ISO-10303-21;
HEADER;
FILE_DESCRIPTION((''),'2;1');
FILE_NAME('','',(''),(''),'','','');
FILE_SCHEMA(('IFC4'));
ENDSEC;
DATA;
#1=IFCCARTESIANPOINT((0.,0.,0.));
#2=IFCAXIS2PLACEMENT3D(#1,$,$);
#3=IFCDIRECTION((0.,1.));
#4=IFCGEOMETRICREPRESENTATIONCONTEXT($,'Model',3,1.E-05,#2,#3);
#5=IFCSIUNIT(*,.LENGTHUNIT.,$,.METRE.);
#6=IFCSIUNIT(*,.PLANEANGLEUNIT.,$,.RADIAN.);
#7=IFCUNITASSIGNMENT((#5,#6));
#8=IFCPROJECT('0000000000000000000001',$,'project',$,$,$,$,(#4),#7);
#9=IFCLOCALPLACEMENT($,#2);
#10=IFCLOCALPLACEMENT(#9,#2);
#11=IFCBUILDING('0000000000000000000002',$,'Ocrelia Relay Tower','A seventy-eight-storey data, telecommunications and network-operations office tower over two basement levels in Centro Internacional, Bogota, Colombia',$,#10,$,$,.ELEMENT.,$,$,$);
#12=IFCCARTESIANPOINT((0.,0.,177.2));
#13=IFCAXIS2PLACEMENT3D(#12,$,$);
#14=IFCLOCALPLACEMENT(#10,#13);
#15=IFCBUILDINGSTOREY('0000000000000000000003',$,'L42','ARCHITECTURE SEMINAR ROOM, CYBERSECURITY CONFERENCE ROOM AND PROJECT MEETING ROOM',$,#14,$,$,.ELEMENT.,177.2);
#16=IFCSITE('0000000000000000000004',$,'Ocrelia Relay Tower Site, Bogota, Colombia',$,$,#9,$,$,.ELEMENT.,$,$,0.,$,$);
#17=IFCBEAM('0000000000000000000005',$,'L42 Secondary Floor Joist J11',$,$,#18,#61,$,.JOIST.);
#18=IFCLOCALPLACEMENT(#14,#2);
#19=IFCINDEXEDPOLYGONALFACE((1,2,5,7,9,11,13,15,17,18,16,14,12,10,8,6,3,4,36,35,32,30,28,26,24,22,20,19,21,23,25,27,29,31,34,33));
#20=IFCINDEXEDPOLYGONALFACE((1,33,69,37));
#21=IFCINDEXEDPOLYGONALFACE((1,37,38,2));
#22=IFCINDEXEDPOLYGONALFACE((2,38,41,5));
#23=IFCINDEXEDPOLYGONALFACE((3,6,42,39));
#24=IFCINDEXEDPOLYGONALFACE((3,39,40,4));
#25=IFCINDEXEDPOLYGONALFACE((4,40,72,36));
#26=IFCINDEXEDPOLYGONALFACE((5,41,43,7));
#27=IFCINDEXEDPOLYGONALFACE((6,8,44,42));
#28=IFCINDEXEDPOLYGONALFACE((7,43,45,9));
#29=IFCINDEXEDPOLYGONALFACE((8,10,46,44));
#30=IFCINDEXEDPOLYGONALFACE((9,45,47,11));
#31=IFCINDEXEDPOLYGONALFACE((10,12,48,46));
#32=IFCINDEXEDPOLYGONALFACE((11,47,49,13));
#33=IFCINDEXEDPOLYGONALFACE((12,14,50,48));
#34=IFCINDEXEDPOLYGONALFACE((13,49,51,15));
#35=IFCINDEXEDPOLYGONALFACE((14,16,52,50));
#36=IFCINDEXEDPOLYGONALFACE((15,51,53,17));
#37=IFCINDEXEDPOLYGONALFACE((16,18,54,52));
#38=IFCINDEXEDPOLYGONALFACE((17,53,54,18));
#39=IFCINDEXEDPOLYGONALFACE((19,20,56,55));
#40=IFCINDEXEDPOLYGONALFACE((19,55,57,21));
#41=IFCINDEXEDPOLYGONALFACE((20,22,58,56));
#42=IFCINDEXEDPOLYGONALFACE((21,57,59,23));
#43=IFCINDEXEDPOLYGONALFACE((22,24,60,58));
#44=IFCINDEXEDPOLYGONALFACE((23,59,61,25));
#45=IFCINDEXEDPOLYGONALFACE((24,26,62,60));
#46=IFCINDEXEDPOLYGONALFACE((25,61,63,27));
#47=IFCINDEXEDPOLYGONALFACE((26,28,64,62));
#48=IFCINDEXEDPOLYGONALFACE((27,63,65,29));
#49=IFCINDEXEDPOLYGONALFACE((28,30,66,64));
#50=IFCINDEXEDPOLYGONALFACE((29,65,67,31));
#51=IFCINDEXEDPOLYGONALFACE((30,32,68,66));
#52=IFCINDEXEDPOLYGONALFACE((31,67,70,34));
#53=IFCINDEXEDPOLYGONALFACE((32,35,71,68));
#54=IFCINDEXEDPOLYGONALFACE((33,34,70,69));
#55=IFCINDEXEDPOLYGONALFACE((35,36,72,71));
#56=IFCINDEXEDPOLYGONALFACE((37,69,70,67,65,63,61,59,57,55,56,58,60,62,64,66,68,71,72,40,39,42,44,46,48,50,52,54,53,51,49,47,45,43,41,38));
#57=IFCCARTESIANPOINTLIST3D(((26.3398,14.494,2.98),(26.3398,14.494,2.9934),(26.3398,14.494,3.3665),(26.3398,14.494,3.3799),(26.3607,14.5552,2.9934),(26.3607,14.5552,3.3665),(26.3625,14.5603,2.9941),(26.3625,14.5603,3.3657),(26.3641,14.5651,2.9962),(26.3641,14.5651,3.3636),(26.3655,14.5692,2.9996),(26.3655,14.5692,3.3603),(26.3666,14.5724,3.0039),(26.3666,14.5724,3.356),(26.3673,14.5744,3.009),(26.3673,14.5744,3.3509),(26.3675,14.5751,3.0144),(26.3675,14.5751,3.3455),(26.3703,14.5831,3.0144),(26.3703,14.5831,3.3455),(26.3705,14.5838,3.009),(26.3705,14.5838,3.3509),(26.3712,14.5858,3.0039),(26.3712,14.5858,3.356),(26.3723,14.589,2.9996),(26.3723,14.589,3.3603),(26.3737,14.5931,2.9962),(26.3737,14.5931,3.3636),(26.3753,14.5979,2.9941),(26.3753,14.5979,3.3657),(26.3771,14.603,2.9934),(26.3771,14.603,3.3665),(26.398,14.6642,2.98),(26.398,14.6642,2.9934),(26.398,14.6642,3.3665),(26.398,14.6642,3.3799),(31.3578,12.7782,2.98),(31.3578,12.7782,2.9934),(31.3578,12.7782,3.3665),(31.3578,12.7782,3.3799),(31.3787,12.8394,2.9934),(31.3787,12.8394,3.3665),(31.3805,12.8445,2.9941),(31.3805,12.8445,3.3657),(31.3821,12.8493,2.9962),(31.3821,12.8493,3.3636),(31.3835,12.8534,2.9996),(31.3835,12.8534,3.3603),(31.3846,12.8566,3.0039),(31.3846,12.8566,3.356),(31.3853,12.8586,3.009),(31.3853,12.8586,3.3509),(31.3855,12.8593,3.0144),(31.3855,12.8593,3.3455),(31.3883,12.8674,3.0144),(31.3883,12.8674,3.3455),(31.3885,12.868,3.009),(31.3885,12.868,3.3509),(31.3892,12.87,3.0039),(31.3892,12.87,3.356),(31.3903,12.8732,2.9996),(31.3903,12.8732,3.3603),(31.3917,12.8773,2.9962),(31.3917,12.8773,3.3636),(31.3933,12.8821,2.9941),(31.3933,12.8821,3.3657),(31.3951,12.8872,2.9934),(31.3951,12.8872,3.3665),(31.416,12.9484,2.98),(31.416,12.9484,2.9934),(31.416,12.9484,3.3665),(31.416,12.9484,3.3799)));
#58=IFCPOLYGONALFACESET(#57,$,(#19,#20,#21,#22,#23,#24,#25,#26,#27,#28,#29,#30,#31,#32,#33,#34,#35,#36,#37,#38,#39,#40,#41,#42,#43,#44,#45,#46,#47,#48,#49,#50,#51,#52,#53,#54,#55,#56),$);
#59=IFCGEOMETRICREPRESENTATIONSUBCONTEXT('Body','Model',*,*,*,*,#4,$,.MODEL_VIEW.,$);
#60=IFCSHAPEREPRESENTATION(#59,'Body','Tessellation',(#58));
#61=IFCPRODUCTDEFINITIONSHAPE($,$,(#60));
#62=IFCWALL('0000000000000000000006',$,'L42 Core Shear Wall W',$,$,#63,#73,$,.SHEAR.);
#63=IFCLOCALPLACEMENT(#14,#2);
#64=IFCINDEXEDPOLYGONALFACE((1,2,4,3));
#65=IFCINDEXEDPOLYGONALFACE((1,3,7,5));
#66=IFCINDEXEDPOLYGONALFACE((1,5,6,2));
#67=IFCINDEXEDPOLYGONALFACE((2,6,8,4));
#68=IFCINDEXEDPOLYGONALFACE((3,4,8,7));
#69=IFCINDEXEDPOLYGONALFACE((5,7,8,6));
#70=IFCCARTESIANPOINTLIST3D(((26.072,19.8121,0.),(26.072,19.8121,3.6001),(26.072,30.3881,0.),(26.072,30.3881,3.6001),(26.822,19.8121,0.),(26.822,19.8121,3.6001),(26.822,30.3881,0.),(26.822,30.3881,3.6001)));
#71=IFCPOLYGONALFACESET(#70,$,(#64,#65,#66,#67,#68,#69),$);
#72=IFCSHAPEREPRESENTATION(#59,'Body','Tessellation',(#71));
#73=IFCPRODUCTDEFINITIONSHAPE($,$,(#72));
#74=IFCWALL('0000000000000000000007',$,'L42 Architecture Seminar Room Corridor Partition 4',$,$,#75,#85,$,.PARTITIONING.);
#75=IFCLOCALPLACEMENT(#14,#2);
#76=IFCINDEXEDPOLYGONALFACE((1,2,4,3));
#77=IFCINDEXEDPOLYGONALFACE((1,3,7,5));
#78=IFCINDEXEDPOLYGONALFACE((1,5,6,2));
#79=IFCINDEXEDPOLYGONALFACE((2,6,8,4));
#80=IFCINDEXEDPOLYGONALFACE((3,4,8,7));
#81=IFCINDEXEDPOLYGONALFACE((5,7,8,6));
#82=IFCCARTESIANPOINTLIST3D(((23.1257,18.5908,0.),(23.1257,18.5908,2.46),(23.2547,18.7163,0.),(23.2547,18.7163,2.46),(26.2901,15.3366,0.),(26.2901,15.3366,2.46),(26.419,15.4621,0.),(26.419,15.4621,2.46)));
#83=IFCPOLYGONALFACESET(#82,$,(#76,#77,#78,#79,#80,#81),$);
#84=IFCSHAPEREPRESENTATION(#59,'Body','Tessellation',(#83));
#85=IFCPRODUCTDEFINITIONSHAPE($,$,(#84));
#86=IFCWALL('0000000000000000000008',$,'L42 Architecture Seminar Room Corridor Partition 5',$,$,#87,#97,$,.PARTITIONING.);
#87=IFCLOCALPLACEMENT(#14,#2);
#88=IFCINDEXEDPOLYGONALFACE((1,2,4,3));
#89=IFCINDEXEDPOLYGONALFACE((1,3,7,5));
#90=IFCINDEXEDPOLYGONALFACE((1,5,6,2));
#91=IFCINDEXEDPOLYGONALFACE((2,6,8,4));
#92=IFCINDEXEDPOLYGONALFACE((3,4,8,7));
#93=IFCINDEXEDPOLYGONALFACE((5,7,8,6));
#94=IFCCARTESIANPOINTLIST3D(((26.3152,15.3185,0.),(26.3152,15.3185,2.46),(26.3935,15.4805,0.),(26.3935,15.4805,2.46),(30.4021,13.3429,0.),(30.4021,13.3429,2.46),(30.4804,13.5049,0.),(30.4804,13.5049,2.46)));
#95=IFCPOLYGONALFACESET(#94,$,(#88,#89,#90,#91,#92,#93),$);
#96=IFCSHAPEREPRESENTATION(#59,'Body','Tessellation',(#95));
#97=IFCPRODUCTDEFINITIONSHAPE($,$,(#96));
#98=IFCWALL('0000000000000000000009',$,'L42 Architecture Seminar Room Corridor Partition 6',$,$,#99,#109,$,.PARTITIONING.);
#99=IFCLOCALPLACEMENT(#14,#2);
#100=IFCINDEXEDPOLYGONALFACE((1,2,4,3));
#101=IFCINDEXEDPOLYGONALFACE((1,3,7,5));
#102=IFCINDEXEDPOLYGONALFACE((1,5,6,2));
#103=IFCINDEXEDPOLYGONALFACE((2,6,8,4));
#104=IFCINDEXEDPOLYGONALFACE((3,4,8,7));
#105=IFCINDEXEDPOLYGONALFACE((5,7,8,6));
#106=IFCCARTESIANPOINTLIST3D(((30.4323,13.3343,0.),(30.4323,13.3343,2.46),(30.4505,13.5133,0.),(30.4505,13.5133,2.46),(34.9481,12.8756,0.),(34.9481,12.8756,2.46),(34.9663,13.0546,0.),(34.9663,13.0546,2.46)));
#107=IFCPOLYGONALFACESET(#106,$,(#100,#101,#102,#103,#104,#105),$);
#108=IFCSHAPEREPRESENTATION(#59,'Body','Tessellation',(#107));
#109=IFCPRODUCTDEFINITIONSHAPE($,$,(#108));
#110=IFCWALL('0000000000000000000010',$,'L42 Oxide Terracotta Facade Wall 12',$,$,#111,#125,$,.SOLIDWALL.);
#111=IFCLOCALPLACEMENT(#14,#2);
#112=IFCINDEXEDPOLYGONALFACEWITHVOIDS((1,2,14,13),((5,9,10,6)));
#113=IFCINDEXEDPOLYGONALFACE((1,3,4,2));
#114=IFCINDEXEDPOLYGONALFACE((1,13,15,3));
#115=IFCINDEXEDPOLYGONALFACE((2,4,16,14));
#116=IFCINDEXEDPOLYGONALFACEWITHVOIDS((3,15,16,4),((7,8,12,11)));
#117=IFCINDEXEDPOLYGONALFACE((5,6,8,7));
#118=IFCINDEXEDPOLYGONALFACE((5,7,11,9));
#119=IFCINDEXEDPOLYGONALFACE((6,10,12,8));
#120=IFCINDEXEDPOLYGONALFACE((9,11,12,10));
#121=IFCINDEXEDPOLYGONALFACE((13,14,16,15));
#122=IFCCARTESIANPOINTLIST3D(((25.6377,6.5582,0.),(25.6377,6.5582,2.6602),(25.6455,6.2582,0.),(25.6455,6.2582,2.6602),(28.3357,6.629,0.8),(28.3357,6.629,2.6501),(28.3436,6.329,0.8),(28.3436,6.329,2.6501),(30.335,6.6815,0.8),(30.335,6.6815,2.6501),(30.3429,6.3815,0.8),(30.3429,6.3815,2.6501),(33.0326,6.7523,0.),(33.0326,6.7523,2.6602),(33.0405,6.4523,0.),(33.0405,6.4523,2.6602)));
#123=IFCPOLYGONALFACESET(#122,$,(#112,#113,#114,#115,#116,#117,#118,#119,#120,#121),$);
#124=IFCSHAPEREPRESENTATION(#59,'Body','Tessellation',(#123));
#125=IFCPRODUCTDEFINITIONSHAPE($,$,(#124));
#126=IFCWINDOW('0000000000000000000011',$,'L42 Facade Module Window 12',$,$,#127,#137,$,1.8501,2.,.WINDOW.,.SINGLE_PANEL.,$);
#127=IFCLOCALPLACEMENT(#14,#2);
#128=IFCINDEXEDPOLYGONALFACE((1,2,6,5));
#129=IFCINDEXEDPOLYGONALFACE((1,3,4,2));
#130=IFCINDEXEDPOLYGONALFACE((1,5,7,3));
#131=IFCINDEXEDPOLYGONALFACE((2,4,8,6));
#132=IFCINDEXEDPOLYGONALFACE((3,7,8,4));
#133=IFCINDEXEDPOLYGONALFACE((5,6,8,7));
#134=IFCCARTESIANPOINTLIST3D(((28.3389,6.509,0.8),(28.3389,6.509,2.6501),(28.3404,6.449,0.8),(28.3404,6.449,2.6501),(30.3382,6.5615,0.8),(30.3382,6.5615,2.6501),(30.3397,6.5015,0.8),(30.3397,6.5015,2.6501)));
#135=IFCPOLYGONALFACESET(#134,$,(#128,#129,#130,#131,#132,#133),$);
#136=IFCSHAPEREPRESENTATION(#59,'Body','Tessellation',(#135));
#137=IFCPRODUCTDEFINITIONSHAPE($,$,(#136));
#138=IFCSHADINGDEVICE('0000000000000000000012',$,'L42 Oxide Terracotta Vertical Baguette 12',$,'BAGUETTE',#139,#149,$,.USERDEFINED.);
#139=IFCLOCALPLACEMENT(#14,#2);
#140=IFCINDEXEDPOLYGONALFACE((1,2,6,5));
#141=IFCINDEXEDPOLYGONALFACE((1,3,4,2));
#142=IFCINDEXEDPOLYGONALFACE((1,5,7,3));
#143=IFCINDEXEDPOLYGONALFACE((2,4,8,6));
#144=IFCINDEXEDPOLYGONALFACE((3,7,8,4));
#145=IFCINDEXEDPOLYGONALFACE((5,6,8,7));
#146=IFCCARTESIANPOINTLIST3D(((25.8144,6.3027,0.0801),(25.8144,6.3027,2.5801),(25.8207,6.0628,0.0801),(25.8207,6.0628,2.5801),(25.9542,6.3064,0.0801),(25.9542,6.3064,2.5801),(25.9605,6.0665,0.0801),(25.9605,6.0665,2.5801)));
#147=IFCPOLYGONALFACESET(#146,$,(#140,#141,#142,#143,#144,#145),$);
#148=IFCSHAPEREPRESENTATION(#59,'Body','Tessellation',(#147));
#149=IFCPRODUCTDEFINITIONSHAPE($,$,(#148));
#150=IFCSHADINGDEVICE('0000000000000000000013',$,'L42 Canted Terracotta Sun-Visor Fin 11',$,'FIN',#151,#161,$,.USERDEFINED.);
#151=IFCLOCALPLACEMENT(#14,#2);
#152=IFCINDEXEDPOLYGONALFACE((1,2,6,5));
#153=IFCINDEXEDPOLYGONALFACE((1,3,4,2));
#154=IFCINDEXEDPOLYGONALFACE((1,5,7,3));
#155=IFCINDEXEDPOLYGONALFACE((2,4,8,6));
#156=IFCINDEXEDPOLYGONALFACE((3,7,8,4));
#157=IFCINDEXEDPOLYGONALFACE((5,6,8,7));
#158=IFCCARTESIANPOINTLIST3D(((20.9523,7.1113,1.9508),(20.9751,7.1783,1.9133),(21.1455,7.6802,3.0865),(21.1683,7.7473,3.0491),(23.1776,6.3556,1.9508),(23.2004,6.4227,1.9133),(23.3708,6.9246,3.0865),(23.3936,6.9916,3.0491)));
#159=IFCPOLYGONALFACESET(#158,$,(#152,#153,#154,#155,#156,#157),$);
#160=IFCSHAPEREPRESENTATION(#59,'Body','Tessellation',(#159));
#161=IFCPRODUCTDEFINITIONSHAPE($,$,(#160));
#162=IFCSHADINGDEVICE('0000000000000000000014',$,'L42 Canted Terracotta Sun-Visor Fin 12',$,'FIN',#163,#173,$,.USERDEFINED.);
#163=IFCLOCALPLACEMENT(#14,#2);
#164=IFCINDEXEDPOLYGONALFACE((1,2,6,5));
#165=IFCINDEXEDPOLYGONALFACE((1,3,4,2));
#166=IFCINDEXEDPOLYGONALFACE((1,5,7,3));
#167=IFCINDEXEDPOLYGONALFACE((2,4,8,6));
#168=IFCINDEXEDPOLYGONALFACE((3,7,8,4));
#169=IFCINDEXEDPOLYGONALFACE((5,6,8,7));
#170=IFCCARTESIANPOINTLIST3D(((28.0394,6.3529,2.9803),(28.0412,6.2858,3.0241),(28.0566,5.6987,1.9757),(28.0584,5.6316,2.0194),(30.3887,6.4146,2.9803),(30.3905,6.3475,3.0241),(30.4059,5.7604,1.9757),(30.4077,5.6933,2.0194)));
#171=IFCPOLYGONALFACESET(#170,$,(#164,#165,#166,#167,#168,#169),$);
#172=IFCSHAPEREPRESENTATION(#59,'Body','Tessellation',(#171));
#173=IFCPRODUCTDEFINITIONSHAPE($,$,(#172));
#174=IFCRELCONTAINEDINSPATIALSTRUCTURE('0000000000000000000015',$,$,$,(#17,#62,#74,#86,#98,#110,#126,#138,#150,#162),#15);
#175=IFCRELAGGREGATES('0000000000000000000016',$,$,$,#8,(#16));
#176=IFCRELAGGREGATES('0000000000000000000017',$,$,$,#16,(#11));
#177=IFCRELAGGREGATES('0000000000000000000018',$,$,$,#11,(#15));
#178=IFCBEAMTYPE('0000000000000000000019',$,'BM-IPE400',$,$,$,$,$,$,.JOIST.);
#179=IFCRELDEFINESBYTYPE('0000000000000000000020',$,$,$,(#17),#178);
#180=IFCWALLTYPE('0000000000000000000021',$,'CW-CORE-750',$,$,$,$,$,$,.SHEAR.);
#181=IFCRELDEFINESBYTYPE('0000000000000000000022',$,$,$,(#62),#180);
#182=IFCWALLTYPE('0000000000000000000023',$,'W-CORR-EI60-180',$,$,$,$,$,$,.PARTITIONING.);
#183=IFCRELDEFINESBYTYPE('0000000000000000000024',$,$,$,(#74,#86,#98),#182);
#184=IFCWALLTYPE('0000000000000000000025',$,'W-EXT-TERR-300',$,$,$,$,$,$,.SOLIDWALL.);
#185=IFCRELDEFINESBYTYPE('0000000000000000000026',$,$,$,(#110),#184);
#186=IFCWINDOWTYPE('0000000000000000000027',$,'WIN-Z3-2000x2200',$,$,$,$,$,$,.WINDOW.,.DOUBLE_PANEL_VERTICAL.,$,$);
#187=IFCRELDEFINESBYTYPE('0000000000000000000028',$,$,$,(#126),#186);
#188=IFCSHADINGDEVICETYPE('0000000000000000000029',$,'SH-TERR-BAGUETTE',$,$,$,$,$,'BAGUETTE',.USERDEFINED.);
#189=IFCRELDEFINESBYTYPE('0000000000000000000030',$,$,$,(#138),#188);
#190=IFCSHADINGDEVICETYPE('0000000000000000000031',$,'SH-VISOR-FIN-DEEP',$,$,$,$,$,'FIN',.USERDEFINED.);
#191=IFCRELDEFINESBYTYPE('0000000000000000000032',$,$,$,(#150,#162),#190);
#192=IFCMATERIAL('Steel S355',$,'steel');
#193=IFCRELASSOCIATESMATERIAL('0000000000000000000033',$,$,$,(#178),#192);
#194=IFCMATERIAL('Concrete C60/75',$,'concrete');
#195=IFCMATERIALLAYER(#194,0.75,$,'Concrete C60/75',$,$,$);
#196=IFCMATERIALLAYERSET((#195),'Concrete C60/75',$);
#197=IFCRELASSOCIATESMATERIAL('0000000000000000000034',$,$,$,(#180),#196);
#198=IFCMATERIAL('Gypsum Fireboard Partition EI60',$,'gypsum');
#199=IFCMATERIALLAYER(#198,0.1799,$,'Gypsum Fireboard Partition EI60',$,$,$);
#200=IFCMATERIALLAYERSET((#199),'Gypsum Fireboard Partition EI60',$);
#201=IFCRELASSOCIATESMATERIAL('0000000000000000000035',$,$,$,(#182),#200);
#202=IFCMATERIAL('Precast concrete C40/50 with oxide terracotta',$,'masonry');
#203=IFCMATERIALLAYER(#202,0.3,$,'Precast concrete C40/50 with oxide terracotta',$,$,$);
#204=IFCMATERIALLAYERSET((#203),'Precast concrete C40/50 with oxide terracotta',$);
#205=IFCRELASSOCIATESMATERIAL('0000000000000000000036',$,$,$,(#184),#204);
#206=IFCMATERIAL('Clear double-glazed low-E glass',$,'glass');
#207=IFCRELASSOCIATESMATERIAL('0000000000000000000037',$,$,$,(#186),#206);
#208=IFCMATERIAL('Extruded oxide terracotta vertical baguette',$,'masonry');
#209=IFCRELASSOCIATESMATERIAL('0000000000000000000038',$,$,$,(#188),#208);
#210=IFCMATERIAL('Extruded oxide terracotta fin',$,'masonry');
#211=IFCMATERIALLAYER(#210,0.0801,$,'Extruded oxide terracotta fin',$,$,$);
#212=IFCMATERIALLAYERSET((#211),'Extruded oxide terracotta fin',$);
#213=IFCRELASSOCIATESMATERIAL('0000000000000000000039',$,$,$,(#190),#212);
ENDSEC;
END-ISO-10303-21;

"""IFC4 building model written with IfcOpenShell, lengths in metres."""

from ifc_helpers import new_model, si_unit, direction, frame, frame_2d, origin, origin_2d, place, context, subcontext, project, spatial, rectangle, i_section, extrude, material, layer, layer_set, material_profile, profile_set, type_object, element, fill, save


model = new_model("IFC4")

# Units and contexts
model_context = context("Model", 3, precision=1e-05, world=origin(), true_north=direction((0.0, 1.0)))
body_context = subcontext(model_context, "Body", "Model", "MODEL_VIEW")
ifc_project = project(units=[si_unit("LENGTHUNIT", "METRE"), si_unit("PLANEANGLEUNIT", "RADIAN")], contexts=[model_context])

# Site, building, storey
site_placement = place(None, origin())
site = spatial("IfcSite", under=ifc_project, at=site_placement, Name="Ocrelia Relay Tower Site, Bogota, Colombia", CompositionType="ELEMENT", RefElevation=0.0)
building_placement = place(site_placement, origin())
building = spatial("IfcBuilding", under=site, at=building_placement, Name="Ocrelia Relay Tower", Description="A seventy-eight-storey data, telecommunications and network-operations office tower over two basement levels in Centro Internacional, Bogota, Colombia", CompositionType="ELEMENT")
storey_placement = place(building_placement, frame((0.0, 0.0, 177.2)))
storey = spatial("IfcBuildingStorey", under=building, at=storey_placement, Name="L42", Description="ARCHITECTURE SEMINAR ROOM, CYBERSECURITY CONFERENCE ROOM AND PROJECT MEETING ROOM", CompositionType="ELEMENT", Elevation=177.2)

# Shared definitions
ifc_material_1 = material(Name="Concrete C60/75", Category="concrete")

# Beam
ifc_material_2 = material(Name="Steel S355", Category="steel")
ifc_material_profile_1 = material_profile(ifc_material_2, i_section(OverallWidth=0.1799, OverallDepth=0.3999, WebThickness=0.0085, FlangeThickness=0.0134, FilletRadius=0.021, at=origin_2d()), Name="IPE 400")
ifc_profile_set_1 = profile_set([ifc_material_profile_1], Name="Steel S355")
beam_type_1 = type_object("IfcBeamType", Name="BM-IPE400", PredefinedType="JOIST", material=ifc_profile_set_1)
beam_1_placement = place(storey_placement, frame((26.3689, 14.5791, 3.1799), z_axis=(0.946215, -0.323538, 0.0), x_axis=(0.323538, 0.946215, 0.0)))
element("IfcBeam", 1, at=beam_1_placement, inside=storey, type_object=beam_type_1, Name="L42 Secondary Floor Joist J11", PredefinedType="JOIST", context=body_context, shape_type="SweptSolid", body=[
    extrude(i_section(OverallWidth=0.1799, OverallDepth=0.3999, WebThickness=0.0085, FlangeThickness=0.0134, FilletRadius=0.021, at=origin_2d()), origin(), (0.0, 0.0, 1.0), 5.3032),
])

# Walls
ifc_layer_1 = layer(ifc_material_1, 0.75, Name="Concrete C60/75")
ifc_layer_set_1 = layer_set([ifc_layer_1], Name="Concrete C60/75")
wall_type_1 = type_object("IfcWallType", Name="CW-CORE-750", PredefinedType="SHEAR", material=ifc_layer_set_1)
wall_1_placement = place(storey_placement, frame((26.447, 19.812, 0.0), z_axis=(0.0, 0.0, 1.0), x_axis=(0.0, 1.0, 0.0)))
element("IfcWall", 2, at=wall_1_placement, inside=storey, type_object=wall_type_1, Name="L42 Core Shear Wall W", PredefinedType="SHEAR", context=body_context, shape_type="SweptSolid", body=[
    extrude(rectangle(XDim=10.5759, YDim=0.75, at=frame_2d((5.2881, 0.0))), origin(), (0.0, 0.0, 1.0), 3.6001),
])
ifc_material_3 = material(Name="Gypsum Fireboard Partition EI60", Category="gypsum")
ifc_layer_2 = layer(ifc_material_3, 0.1799, Name="Gypsum Fireboard Partition EI60")
ifc_layer_set_2 = layer_set([ifc_layer_2], Name="Gypsum Fireboard Partition EI60")
wall_type_2 = type_object("IfcWallType", Name="W-CORR-EI60-180", PredefinedType="PARTITIONING", material=ifc_layer_set_2)
wall_2_placement = place(storey_placement, frame((23.1902, 18.6536, 0.0), z_axis=(0.0, 0.0, 1.0), x_axis=(0.697141, -0.716934, 0.0)))
element("IfcWall", 3, at=wall_2_placement, inside=storey, type_object=wall_type_2, Name="L42 Architecture Seminar Room Corridor Partition 4", PredefinedType="PARTITIONING", context=body_context, shape_type="SweptSolid", body=[
    extrude(rectangle(XDim=4.5391, YDim=0.1799, at=frame_2d((2.2695, 0.0))), origin(), (0.0, 0.0, 1.0), 2.46),
])
wall_3_placement = place(storey_placement, frame((26.3545, 15.3994, 0.0), z_axis=(0.0, 0.0, 1.0), x_axis=(0.900328, -0.435212, 0.0)))
element("IfcWall", 4, at=wall_3_placement, inside=storey, type_object=wall_type_2, Name="L42 Architecture Seminar Room Corridor Partition 5", PredefinedType="PARTITIONING", context=body_context, shape_type="SweptSolid", body=[
    extrude(rectangle(XDim=4.5393, YDim=0.1799, at=frame_2d((2.2695, 0.0))), origin(), (0.0, 0.0, 1.0), 2.46),
])
wall_4_placement = place(storey_placement, frame((30.4414, 13.4238, 0.0), z_axis=(0.0, 0.0, 1.0), x_axis=(0.99488, -0.101064, 0.0)))
element("IfcWall", 5, at=wall_4_placement, inside=storey, type_object=wall_type_2, Name="L42 Architecture Seminar Room Corridor Partition 6", PredefinedType="PARTITIONING", context=body_context, shape_type="SweptSolid", body=[
    extrude(rectangle(XDim=4.5391, YDim=0.1799, at=frame_2d((2.2695, 0.0))), origin(), (0.0, 0.0, 1.0), 2.46),
])

# Wall, opening, window
ifc_material_4 = material(Name="Precast concrete C40/50 with oxide terracotta", Category="masonry")
ifc_layer_3 = layer(ifc_material_4, 0.3, Name="Precast concrete C40/50 with oxide terracotta")
ifc_layer_set_3 = layer_set([ifc_layer_3], Name="Precast concrete C40/50 with oxide terracotta")
wall_type_3 = type_object("IfcWallType", Name="W-EXT-TERR-300", PredefinedType="SOLIDWALL", material=ifc_layer_set_3)
wall_5_placement = place(storey_placement, frame((25.6416, 6.4082, 0.0), z_axis=(0.0, 0.0, 1.0), x_axis=(0.999656, 0.026237, 0.0)))
wall_5 = element("IfcWall", 6, at=wall_5_placement, inside=storey, type_object=wall_type_3, Name="L42 Oxide Terracotta Facade Wall 12", PredefinedType="SOLIDWALL", context=body_context, shape_type="SweptSolid", body=[
    extrude(rectangle(XDim=7.3975, YDim=0.3, at=frame_2d((3.6987, 0.0))), origin(), (0.0, 0.0, 1.0), 2.6602),
])
opening_placement = place(wall_5_placement, frame((2.699, 0.0, 0.8)))
opening = element("IfcOpeningElement", 7, at=opening_placement, cuts=wall_5, PredefinedType="OPENING", context=body_context, shape_type="SweptSolid", body=[
    extrude(rectangle(XDim=2.0, YDim=1.8501, at=frame_2d((1.0, 0.925))), frame((0.0, 0.1602, 0.0), z_axis=(0.0, -1.0, 0.0), x_axis=(1.0, 0.0, 0.0)), (0.0, 0.0, 1.0), 0.3201),
])
ifc_material_5 = material(Name="Clear double-glazed low-E glass", Category="glass")
window_type = type_object("IfcWindowType", Name="WIN-Z3-2000x2200", PartitioningType="DOUBLE_PANEL_VERTICAL", PredefinedType="WINDOW", material=ifc_material_5)
window_placement = place(opening_placement, origin())
window = element("IfcWindow", 8, at=window_placement, inside=storey, type_object=window_type, Name="L42 Facade Module Window 12", OverallHeight=1.8501, OverallWidth=2.0, PartitioningType="SINGLE_PANEL", PredefinedType="WINDOW", context=body_context, shape_type="SweptSolid", body=[
    extrude(rectangle(XDim=2.0, YDim=1.8501, at=frame_2d((1.0, 0.925))), frame((0.0, 0.03, 0.0), z_axis=(0.0, -1.0, 0.0), x_axis=(1.0, 0.0, 0.0)), (0.0, 0.0, 1.0), 0.0601),
])
fill(opening, window)

# Shading devices
ifc_material_6 = material(Name="Extruded oxide terracotta vertical baguette", Category="masonry")
shading_device_type_1 = type_object("IfcShadingDeviceType", Name="SH-TERR-BAGUETTE", ElementType="BAGUETTE", PredefinedType="USERDEFINED", material=ifc_material_6)
shading_device_1_placement = place(storey_placement, frame((25.8875, 6.1846, 0.0801), z_axis=(0.0, 0.0, 1.0), x_axis=(0.999655, 0.026252, 0.0)))
element("IfcShadingDevice", 9, at=shading_device_1_placement, inside=storey, type_object=shading_device_type_1, Name="L42 Oxide Terracotta Vertical Baguette 12", ObjectType="BAGUETTE", PredefinedType="USERDEFINED", context=body_context, shape_type="SweptSolid", body=[
    extrude(rectangle(XDim=0.1399, YDim=0.24, at=origin_2d()), origin(), (0.0, 0.0, 1.0), 2.5),
])
ifc_material_7 = material(Name="Extruded oxide terracotta fin", Category="masonry")
ifc_layer_4 = layer(ifc_material_7, 0.0801, Name="Extruded oxide terracotta fin")
ifc_layer_set_4 = layer_set([ifc_layer_4], Name="Extruded oxide terracotta fin")
shading_device_type_2 = type_object("IfcShadingDeviceType", Name="SH-VISOR-FIN-DEEP", ElementType="FIN", PredefinedType="USERDEFINED", material=ifc_layer_set_4)
shading_device_2_placement = place(storey_placement, frame((22.1843, 7.085, 2.4812), z_axis=(-0.284217, -0.836989, 0.467621), x_axis=(0.946897, -0.321538, 0.0)))
element("IfcShadingDevice", 10, at=shading_device_2_placement, inside=storey, type_object=shading_device_type_2, Name="L42 Canted Terracotta Sun-Visor Fin 11", ObjectType="FIN", PredefinedType="USERDEFINED", context=body_context, shape_type="SweptSolid", body=[
    extrude(rectangle(XDim=2.3501, YDim=1.2849, at=origin_2d()), origin(), (0.0, 0.0, 1.0), 0.0801),
])
shading_device_3_placement = place(storey_placement, frame((29.2227, 6.0566, 2.478), z_axis=(0.021997, -0.837621, 0.54581), x_axis=(0.999655, 0.026252, 0.0)))
element("IfcShadingDevice", 11, at=shading_device_3_placement, inside=storey, type_object=shading_device_type_2, Name="L42 Canted Terracotta Sun-Visor Fin 12", ObjectType="FIN", PredefinedType="USERDEFINED", context=body_context, shape_type="SweptSolid", body=[
    extrude(rectangle(XDim=2.3501, YDim=1.199, at=origin_2d()), origin(), (0.0, 0.0, 1.0), 0.0801),
])

save(model, "model.ifc")
